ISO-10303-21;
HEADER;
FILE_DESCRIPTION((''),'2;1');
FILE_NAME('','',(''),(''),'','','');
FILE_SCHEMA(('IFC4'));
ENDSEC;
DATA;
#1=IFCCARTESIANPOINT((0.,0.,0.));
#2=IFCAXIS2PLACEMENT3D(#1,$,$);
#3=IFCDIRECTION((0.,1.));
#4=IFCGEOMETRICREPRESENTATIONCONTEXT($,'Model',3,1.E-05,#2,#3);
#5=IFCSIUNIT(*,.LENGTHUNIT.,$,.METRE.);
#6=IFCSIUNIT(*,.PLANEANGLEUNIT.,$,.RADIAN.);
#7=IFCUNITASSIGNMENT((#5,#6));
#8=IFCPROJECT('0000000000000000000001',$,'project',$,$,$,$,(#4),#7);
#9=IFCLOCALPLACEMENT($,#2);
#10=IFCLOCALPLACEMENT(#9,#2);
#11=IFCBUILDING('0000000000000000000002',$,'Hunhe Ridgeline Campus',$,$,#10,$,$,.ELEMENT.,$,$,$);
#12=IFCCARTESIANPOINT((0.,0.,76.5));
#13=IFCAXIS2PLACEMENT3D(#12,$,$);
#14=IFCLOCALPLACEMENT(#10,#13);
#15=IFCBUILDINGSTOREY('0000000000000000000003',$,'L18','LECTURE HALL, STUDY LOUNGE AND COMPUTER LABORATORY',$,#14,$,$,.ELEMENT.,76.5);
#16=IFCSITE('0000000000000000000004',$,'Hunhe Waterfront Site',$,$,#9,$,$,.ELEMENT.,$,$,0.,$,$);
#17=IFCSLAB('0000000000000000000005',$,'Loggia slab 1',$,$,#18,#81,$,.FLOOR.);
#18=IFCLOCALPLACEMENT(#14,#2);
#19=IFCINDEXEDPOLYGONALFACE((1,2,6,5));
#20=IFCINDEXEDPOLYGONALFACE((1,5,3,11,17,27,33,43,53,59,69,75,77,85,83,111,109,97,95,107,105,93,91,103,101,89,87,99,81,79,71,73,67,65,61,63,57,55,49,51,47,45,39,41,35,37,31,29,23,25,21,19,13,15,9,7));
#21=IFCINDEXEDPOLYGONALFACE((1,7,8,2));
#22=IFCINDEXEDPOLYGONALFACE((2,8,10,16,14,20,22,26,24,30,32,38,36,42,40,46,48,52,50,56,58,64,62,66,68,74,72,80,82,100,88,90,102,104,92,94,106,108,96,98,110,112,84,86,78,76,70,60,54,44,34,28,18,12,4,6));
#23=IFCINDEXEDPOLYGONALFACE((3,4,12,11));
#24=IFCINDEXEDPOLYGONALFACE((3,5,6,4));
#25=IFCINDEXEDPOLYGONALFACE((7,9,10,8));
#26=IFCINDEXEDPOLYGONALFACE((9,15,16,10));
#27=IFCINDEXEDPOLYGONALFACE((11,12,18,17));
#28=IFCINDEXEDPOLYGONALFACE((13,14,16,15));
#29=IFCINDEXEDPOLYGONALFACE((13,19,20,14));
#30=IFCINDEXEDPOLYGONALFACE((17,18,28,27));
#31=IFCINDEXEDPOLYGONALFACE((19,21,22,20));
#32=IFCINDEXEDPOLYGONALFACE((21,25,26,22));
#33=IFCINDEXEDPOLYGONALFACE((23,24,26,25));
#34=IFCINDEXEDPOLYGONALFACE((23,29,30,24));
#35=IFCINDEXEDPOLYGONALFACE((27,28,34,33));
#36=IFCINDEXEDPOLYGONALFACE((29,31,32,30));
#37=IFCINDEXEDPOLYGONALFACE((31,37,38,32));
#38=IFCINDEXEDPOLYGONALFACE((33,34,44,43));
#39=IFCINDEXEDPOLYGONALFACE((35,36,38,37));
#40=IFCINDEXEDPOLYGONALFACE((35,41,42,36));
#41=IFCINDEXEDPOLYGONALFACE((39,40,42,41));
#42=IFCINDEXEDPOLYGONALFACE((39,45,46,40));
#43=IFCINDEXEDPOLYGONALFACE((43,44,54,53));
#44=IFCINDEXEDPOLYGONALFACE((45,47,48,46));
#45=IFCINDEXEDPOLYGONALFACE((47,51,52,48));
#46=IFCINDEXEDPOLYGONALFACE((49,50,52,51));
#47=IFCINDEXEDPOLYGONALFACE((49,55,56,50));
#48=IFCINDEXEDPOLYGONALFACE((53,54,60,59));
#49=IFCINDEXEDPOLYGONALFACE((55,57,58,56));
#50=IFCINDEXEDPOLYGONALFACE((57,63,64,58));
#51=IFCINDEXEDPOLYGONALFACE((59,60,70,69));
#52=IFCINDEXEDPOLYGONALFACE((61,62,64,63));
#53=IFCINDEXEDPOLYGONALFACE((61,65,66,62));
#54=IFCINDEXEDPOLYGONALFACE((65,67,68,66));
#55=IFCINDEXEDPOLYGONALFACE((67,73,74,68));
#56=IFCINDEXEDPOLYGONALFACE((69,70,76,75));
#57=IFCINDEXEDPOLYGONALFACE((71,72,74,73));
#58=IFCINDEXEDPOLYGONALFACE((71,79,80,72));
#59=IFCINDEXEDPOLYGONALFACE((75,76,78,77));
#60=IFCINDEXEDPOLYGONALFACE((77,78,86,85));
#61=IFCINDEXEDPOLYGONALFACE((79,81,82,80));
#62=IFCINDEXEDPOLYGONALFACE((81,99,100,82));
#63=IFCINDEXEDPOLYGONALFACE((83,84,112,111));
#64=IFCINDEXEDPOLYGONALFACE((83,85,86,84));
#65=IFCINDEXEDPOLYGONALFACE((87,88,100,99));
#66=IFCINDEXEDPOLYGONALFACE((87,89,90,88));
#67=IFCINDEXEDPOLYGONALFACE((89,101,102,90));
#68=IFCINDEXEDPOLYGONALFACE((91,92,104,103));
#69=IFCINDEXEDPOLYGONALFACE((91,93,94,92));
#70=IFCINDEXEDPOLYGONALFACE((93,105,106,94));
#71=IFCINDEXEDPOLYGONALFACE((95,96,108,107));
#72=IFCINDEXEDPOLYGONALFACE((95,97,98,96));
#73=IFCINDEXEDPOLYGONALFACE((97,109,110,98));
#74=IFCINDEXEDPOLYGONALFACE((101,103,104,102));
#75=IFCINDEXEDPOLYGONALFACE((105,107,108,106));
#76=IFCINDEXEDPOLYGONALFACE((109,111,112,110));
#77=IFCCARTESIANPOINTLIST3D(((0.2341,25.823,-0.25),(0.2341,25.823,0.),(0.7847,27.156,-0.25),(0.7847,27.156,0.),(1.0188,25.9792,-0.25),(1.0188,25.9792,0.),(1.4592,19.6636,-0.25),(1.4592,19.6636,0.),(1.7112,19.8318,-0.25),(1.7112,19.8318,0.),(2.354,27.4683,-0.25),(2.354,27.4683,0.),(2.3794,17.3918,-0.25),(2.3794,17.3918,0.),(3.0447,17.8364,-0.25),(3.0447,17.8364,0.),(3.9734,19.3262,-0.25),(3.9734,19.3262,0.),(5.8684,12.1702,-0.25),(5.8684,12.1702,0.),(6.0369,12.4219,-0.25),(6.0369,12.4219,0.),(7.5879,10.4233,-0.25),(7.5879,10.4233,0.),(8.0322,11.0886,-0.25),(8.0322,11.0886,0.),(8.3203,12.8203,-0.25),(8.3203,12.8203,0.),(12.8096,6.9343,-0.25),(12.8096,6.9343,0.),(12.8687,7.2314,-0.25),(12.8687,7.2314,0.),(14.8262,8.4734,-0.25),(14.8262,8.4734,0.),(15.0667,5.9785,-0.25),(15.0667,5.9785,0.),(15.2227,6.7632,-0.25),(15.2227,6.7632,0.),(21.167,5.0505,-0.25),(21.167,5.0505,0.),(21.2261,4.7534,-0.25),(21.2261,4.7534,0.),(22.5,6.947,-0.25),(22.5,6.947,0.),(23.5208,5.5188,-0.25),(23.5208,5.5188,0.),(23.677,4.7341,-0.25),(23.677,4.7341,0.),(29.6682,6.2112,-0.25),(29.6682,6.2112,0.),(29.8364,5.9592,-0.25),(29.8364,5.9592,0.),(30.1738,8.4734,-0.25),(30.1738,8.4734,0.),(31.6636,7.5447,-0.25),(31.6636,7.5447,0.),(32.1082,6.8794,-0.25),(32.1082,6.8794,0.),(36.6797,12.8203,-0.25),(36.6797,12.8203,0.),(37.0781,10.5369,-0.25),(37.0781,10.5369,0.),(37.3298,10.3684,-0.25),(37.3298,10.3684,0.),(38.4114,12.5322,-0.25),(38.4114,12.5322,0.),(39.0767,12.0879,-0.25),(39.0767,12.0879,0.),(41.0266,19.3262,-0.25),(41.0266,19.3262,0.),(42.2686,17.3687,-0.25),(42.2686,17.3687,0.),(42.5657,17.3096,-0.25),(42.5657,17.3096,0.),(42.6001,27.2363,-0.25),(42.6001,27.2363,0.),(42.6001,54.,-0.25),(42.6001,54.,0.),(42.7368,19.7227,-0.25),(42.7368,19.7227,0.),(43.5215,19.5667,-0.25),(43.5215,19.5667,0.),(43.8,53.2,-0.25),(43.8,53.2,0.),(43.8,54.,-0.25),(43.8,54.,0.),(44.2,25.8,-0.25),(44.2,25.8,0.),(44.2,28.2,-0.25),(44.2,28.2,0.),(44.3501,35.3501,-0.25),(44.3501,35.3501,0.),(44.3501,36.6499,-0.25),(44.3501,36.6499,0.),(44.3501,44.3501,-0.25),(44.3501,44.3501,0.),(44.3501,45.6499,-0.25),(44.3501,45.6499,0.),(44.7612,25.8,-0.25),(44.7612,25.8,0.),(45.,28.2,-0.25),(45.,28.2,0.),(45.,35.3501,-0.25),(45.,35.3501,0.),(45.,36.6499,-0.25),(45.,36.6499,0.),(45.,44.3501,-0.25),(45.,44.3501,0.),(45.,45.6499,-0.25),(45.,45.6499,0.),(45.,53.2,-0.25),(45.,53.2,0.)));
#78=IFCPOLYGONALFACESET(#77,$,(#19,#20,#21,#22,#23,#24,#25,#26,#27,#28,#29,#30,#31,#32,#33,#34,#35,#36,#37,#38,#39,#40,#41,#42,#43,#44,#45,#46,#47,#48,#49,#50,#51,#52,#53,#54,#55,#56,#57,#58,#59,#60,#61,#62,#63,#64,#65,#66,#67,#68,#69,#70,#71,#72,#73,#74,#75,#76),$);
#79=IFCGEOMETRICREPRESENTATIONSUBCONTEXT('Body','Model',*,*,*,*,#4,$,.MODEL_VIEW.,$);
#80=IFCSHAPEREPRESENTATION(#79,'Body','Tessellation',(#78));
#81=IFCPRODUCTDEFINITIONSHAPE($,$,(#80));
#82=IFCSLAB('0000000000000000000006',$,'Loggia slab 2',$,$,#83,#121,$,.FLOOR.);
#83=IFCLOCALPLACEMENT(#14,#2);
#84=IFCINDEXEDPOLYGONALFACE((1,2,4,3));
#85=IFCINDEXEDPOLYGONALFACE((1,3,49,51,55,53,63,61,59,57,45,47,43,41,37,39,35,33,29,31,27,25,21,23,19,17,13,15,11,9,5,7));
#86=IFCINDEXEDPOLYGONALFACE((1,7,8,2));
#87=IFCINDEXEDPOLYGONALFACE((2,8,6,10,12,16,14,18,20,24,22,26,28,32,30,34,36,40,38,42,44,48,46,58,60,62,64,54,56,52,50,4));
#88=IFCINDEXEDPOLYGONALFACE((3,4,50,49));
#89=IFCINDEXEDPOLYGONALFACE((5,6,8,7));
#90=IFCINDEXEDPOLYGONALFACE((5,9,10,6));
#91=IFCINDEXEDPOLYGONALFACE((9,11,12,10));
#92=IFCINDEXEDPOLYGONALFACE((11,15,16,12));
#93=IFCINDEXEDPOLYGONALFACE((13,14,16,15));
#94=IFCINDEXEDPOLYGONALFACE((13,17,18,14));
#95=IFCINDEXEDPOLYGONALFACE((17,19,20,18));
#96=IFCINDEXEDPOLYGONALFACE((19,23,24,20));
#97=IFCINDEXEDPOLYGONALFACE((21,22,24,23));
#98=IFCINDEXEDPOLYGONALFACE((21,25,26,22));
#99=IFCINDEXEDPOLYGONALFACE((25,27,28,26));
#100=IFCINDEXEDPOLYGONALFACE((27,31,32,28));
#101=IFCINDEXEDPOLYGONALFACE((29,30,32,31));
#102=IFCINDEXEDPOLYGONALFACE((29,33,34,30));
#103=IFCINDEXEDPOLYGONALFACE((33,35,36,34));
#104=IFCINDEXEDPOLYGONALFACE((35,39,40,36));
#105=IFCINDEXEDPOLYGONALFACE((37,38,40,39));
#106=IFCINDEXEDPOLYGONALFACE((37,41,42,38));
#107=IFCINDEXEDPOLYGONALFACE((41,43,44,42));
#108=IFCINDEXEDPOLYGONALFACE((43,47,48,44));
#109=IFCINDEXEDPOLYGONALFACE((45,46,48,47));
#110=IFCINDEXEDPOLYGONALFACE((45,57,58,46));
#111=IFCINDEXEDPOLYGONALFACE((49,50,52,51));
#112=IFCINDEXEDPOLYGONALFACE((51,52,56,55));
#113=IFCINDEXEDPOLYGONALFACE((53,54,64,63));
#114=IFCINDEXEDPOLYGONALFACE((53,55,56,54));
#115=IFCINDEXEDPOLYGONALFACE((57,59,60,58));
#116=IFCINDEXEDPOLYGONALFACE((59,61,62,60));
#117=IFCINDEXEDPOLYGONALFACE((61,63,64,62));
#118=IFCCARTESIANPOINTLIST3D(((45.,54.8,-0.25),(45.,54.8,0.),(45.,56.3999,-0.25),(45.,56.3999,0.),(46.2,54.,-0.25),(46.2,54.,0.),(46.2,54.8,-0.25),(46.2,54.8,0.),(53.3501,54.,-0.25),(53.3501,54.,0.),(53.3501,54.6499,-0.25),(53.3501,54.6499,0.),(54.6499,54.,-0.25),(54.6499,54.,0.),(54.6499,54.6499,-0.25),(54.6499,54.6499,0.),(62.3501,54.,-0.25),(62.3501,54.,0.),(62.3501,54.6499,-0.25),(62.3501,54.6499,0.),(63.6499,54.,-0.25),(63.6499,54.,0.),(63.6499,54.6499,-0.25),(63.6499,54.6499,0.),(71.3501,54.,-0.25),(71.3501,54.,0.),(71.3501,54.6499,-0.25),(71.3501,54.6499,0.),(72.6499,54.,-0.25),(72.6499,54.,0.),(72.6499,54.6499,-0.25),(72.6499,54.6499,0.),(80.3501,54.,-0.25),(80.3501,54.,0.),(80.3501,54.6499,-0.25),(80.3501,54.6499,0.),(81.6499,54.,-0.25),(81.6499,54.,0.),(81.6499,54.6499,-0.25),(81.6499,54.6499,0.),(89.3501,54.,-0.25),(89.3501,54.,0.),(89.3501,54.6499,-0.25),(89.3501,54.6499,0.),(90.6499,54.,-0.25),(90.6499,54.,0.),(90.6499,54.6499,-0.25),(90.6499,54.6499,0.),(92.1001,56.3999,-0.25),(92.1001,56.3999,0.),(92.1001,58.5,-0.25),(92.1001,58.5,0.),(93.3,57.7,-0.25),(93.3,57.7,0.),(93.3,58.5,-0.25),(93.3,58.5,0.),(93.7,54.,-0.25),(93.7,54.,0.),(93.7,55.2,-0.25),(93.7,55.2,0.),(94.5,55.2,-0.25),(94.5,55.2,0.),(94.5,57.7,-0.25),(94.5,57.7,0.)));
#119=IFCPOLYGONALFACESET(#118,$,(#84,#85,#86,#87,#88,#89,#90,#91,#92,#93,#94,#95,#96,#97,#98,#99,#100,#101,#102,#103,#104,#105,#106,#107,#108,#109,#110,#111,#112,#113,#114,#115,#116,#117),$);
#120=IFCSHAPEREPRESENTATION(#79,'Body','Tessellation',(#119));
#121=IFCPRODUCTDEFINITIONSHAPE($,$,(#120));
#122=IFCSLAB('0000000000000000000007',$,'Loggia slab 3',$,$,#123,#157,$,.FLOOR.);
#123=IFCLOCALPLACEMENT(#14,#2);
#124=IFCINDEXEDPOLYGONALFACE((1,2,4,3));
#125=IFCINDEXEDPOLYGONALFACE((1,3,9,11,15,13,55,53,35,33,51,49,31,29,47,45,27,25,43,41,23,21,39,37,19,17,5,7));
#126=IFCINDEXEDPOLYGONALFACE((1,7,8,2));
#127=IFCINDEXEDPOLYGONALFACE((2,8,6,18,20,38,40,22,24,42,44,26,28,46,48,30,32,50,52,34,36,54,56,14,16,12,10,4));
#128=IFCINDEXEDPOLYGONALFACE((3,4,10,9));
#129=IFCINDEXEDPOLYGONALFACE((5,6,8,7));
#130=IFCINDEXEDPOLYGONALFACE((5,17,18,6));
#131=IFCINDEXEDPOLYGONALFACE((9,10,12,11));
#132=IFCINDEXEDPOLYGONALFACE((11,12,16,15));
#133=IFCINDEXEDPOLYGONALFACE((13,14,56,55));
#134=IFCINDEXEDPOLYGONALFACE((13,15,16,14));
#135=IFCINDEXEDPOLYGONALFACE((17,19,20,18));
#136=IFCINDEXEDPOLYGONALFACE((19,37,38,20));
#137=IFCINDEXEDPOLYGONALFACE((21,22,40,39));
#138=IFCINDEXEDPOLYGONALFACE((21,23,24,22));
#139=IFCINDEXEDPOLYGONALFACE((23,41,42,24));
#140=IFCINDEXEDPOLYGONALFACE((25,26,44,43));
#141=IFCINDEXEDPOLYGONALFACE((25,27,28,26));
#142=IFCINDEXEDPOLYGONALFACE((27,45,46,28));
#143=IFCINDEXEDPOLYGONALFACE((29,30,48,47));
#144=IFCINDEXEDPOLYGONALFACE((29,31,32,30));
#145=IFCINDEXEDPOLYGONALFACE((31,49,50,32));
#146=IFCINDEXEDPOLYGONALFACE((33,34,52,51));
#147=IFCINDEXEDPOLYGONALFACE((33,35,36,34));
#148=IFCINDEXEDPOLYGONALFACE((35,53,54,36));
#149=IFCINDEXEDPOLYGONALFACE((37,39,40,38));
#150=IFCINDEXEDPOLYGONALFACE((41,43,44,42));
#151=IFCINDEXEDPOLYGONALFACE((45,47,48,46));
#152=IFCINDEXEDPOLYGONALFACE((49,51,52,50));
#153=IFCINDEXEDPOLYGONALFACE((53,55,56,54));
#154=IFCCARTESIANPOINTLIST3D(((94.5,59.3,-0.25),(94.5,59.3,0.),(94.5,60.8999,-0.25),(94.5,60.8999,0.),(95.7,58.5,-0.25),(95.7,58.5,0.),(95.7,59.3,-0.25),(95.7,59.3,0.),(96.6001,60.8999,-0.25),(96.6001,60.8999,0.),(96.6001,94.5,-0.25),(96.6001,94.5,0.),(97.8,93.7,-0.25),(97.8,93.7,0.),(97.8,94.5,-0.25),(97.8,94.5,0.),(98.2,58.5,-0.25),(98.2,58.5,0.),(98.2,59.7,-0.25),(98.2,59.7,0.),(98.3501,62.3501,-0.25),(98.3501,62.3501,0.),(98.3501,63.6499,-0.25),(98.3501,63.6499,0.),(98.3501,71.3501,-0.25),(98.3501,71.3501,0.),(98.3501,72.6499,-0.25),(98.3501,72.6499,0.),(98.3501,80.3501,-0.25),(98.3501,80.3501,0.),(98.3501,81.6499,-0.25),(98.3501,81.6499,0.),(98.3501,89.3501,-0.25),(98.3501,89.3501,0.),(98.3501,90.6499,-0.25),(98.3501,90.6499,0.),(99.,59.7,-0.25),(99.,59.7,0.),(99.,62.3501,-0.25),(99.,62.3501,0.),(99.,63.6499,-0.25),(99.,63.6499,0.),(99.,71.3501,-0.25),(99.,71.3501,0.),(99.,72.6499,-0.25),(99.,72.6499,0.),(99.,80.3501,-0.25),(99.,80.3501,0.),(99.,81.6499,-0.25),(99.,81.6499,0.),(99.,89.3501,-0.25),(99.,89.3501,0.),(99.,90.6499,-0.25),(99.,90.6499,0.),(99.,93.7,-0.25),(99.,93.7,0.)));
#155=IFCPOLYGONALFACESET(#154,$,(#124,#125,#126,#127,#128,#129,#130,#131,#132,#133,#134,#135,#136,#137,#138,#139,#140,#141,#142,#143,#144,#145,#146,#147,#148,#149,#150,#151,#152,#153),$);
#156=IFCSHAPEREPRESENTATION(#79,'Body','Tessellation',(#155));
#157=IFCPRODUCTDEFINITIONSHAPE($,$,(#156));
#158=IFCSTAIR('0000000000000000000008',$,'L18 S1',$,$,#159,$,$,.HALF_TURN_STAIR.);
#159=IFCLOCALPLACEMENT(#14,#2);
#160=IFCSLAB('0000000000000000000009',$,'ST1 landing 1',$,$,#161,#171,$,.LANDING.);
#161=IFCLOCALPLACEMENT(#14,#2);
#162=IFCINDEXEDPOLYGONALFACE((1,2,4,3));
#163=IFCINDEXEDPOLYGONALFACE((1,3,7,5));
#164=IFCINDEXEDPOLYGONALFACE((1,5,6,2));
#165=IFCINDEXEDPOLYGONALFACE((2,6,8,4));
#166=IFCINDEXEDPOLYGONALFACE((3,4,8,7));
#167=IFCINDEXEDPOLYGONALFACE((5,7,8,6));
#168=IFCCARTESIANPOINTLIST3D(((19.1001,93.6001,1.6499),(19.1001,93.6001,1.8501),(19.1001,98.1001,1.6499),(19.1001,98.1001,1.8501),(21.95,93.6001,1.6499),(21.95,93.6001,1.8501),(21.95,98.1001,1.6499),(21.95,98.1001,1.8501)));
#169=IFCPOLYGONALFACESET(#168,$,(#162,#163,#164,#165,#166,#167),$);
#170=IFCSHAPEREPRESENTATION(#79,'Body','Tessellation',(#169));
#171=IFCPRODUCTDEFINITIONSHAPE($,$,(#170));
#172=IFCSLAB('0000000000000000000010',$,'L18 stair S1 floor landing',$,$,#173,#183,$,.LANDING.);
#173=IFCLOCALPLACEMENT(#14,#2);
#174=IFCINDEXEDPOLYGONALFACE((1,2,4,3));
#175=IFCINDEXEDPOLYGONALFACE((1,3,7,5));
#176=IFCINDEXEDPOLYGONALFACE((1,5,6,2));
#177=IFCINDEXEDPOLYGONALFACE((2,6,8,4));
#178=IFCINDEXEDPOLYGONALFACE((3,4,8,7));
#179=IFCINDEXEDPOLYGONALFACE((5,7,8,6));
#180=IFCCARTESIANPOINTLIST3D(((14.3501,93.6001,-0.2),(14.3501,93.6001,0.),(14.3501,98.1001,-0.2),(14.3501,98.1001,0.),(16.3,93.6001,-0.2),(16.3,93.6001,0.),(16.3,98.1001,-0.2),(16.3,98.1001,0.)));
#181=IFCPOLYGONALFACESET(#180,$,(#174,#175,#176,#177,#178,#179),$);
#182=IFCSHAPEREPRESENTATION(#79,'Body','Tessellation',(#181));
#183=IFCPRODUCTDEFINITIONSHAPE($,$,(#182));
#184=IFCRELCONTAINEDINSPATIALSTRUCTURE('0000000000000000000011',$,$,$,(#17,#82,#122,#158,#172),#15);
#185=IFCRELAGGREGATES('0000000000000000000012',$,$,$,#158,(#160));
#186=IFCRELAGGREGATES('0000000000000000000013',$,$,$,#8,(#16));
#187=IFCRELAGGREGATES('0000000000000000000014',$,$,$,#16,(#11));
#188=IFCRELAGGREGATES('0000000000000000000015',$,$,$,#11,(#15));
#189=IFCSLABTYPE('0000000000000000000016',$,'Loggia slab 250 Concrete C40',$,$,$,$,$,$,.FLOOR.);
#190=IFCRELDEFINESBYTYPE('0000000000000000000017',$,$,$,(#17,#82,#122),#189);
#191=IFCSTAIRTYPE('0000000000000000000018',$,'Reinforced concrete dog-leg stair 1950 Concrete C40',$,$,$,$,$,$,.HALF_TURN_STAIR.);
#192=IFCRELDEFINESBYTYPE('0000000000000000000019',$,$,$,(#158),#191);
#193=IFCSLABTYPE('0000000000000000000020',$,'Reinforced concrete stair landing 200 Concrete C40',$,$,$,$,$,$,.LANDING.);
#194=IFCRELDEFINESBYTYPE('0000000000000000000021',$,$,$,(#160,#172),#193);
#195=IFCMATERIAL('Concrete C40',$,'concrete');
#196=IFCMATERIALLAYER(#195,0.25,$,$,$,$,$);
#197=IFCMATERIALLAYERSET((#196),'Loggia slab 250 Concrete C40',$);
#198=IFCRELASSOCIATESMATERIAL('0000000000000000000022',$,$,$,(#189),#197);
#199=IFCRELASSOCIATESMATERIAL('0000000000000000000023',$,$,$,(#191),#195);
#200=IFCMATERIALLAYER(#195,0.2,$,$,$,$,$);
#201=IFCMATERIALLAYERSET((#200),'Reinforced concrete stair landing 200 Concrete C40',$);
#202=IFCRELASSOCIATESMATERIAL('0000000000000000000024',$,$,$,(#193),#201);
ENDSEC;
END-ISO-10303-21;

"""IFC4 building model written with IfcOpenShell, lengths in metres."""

from ifc_helpers import new_model, si_unit, direction, frame, origin, place, context, subcontext, project, spatial, polyline, outline, extrude, material, layer, layer_set, type_object, element, aggregate, save


model = new_model("IFC4")

# Units and contexts
model_context = context("Model", 3, precision=1e-05, world=origin(), true_north=direction((0.0, 1.0)))
body_context = subcontext(model_context, "Body", "Model", "MODEL_VIEW")
ifc_project = project(units=[si_unit("LENGTHUNIT", "METRE"), si_unit("PLANEANGLEUNIT", "RADIAN")], contexts=[model_context])

# Site, building, storey
site_placement = place(None, origin())
site = spatial("IfcSite", under=ifc_project, at=site_placement, Name="Hunhe Waterfront Site", CompositionType="ELEMENT", RefElevation=0.0)
building_placement = place(site_placement, origin())
building = spatial("IfcBuilding", under=site, at=building_placement, Name="Hunhe Ridgeline Campus", CompositionType="ELEMENT")
storey_placement = place(building_placement, frame((0.0, 0.0, 76.5)))
storey = spatial("IfcBuildingStorey", under=building, at=storey_placement, Name="L18", Description="LECTURE HALL, STUDY LOUNGE AND COMPUTER LABORATORY", CompositionType="ELEMENT", Elevation=76.5)

# Slabs
ifc_material_1 = material(Name="Concrete C40", Category="concrete")
ifc_layer_1 = layer(ifc_material_1, 0.25)
ifc_layer_set_1 = layer_set([ifc_layer_1], Name="Loggia slab 250 Concrete C40")
slab_type_1 = type_object("IfcSlabType", Name="Loggia slab 250 Concrete C40", PredefinedType="FLOOR", material=ifc_layer_set_1)
slab_1_placement = place(storey_placement, frame((0.0, 0.0, -0.25)))
element("IfcSlab", 1, at=slab_1_placement, inside=storey, type_object=slab_type_1, Name="Loggia slab 1", PredefinedType="FLOOR", context=body_context, shape_type="SweptSolid", body=[
    extrude(outline(polyline([(30.1738, 8.4734), (22.5, 6.947), (14.8262, 8.4734), (8.3203, 12.8203), (3.9734, 19.3262), (2.354, 27.4683), (0.7847, 27.156), (1.0188, 25.9792), (0.2341, 25.823), (1.4592, 19.6636), (1.7112, 19.8318), (3.0447, 17.8364), (2.3794, 17.3918), (5.8684, 12.1702), (6.0369, 12.4219), (8.0322, 11.0886), (7.5879, 10.4233), (12.8096, 6.9343), (12.8687, 7.2314), (15.2227, 6.7632), (15.0667, 5.9785), (21.2261, 4.7534), (21.167, 5.0505), (23.5208, 5.5188), (23.677, 4.7341), (29.8364, 5.9592), (29.6682, 6.2112), (31.6636, 7.5447), (32.1082, 6.8794), (37.3298, 10.3684), (37.0781, 10.5369), (38.4114, 12.5322), (39.0767, 12.0879), (42.5657, 17.3096), (42.2686, 17.3687), (42.7368, 19.7227), (43.5215, 19.5667), (44.7612, 25.8), (44.2, 25.8), (44.2, 28.2), (45.0, 28.2), (45.0, 35.3501), (44.3501, 35.3501), (44.3501, 36.6499), (45.0, 36.6499), (45.0, 44.3501), (44.3501, 44.3501), (44.3501, 45.6499), (45.0, 45.6499), (45.0, 53.2), (43.8, 53.2), (43.8, 54.0), (42.6001, 54.0), (42.6001, 27.2363), (41.0266, 19.3262), (36.6797, 12.8203), (30.1738, 8.4734)])), origin(), (0.0, 0.0, 1.0), 0.25),
])
slab_2_placement = place(storey_placement, frame((0.0, 0.0, -0.25)))
element("IfcSlab", 2, at=slab_2_placement, inside=storey, type_object=slab_type_1, Name="Loggia slab 2", PredefinedType="FLOOR", context=body_context, shape_type="SweptSolid", body=[
    extrude(outline(polyline([(45.0, 54.8), (46.2, 54.8), (46.2, 54.0), (53.3501, 54.0), (53.3501, 54.6499), (54.6499, 54.6499), (54.6499, 54.0), (62.3501, 54.0), (62.3501, 54.6499), (63.6499, 54.6499), (63.6499, 54.0), (71.3501, 54.0), (71.3501, 54.6499), (72.6499, 54.6499), (72.6499, 54.0), (80.3501, 54.0), (80.3501, 54.6499), (81.6499, 54.6499), (81.6499, 54.0), (89.3501, 54.0), (89.3501, 54.6499), (90.6499, 54.6499), (90.6499, 54.0), (93.7, 54.0), (93.7, 55.2), (94.5, 55.2), (94.5, 57.7), (93.3, 57.7), (93.3, 58.5), (92.1001, 58.5), (92.1001, 56.3999), (45.0, 56.3999), (45.0, 54.8)])), origin(), (0.0, 0.0, 1.0), 0.25),
])
slab_3_placement = place(storey_placement, frame((0.0, 0.0, -0.25)))
element("IfcSlab", 3, at=slab_3_placement, inside=storey, type_object=slab_type_1, Name="Loggia slab 3", PredefinedType="FLOOR", context=body_context, shape_type="SweptSolid", body=[
    extrude(outline(polyline([(94.5, 59.3), (95.7, 59.3), (95.7, 58.5), (98.2, 58.5), (98.2, 59.7), (99.0, 59.7), (99.0, 62.3501), (98.3501, 62.3501), (98.3501, 63.6499), (99.0, 63.6499), (99.0, 71.3501), (98.3501, 71.3501), (98.3501, 72.6499), (99.0, 72.6499), (99.0, 80.3501), (98.3501, 80.3501), (98.3501, 81.6499), (99.0, 81.6499), (99.0, 89.3501), (98.3501, 89.3501), (98.3501, 90.6499), (99.0, 90.6499), (99.0, 93.7), (97.8, 93.7), (97.8, 94.5), (96.6001, 94.5), (96.6001, 60.8999), (94.5, 60.8999), (94.5, 59.3)])), origin(), (0.0, 0.0, 1.0), 0.25),
])

# Stair, slab
stair_type = type_object("IfcStairType", Name="Reinforced concrete dog-leg stair 1950 Concrete C40", PredefinedType="HALF_TURN_STAIR", material=ifc_material_1)
stair_1_placement = place(storey_placement, origin())
stair_1 = element("IfcStair", 4, at=stair_1_placement, inside=storey, type_object=stair_type, Name="L18 S1", PredefinedType="HALF_TURN_STAIR")
ifc_layer_2 = layer(ifc_material_1, 0.2)
ifc_layer_set_2 = layer_set([ifc_layer_2], Name="Reinforced concrete stair landing 200 Concrete C40")
slab_type_2 = type_object("IfcSlabType", Name="Reinforced concrete stair landing 200 Concrete C40", PredefinedType="LANDING", material=ifc_layer_set_2)
slab_4_placement = place(storey_placement, frame((0.0, 0.0, 1.6499)))
slab_4 = element("IfcSlab", 5, at=slab_4_placement, type_object=slab_type_2, Name="ST1 landing 1", PredefinedType="LANDING", context=body_context, shape_type="SweptSolid", body=[
    extrude(outline(polyline([(19.1001, 93.6001), (21.95, 93.6001), (21.95, 98.1001), (19.1001, 98.1001), (19.1001, 93.6001)])), origin(), (0.0, 0.0, 1.0), 0.2002),
])
aggregate(stair_1, [slab_4])

# Slab
slab_5_placement = place(storey_placement, frame((0.0, 0.0, -0.2)))
element("IfcSlab", 6, at=slab_5_placement, inside=storey, type_object=slab_type_2, Name="L18 stair S1 floor landing", PredefinedType="LANDING", context=body_context, shape_type="SweptSolid", body=[
    extrude(outline(polyline([(14.3501, 93.6001), (16.3, 93.6001), (16.3, 98.1001), (14.3501, 98.1001), (14.3501, 93.6001)])), origin(), (0.0, 0.0, 1.0), 0.2),
])

save(model, "model.ifc")
